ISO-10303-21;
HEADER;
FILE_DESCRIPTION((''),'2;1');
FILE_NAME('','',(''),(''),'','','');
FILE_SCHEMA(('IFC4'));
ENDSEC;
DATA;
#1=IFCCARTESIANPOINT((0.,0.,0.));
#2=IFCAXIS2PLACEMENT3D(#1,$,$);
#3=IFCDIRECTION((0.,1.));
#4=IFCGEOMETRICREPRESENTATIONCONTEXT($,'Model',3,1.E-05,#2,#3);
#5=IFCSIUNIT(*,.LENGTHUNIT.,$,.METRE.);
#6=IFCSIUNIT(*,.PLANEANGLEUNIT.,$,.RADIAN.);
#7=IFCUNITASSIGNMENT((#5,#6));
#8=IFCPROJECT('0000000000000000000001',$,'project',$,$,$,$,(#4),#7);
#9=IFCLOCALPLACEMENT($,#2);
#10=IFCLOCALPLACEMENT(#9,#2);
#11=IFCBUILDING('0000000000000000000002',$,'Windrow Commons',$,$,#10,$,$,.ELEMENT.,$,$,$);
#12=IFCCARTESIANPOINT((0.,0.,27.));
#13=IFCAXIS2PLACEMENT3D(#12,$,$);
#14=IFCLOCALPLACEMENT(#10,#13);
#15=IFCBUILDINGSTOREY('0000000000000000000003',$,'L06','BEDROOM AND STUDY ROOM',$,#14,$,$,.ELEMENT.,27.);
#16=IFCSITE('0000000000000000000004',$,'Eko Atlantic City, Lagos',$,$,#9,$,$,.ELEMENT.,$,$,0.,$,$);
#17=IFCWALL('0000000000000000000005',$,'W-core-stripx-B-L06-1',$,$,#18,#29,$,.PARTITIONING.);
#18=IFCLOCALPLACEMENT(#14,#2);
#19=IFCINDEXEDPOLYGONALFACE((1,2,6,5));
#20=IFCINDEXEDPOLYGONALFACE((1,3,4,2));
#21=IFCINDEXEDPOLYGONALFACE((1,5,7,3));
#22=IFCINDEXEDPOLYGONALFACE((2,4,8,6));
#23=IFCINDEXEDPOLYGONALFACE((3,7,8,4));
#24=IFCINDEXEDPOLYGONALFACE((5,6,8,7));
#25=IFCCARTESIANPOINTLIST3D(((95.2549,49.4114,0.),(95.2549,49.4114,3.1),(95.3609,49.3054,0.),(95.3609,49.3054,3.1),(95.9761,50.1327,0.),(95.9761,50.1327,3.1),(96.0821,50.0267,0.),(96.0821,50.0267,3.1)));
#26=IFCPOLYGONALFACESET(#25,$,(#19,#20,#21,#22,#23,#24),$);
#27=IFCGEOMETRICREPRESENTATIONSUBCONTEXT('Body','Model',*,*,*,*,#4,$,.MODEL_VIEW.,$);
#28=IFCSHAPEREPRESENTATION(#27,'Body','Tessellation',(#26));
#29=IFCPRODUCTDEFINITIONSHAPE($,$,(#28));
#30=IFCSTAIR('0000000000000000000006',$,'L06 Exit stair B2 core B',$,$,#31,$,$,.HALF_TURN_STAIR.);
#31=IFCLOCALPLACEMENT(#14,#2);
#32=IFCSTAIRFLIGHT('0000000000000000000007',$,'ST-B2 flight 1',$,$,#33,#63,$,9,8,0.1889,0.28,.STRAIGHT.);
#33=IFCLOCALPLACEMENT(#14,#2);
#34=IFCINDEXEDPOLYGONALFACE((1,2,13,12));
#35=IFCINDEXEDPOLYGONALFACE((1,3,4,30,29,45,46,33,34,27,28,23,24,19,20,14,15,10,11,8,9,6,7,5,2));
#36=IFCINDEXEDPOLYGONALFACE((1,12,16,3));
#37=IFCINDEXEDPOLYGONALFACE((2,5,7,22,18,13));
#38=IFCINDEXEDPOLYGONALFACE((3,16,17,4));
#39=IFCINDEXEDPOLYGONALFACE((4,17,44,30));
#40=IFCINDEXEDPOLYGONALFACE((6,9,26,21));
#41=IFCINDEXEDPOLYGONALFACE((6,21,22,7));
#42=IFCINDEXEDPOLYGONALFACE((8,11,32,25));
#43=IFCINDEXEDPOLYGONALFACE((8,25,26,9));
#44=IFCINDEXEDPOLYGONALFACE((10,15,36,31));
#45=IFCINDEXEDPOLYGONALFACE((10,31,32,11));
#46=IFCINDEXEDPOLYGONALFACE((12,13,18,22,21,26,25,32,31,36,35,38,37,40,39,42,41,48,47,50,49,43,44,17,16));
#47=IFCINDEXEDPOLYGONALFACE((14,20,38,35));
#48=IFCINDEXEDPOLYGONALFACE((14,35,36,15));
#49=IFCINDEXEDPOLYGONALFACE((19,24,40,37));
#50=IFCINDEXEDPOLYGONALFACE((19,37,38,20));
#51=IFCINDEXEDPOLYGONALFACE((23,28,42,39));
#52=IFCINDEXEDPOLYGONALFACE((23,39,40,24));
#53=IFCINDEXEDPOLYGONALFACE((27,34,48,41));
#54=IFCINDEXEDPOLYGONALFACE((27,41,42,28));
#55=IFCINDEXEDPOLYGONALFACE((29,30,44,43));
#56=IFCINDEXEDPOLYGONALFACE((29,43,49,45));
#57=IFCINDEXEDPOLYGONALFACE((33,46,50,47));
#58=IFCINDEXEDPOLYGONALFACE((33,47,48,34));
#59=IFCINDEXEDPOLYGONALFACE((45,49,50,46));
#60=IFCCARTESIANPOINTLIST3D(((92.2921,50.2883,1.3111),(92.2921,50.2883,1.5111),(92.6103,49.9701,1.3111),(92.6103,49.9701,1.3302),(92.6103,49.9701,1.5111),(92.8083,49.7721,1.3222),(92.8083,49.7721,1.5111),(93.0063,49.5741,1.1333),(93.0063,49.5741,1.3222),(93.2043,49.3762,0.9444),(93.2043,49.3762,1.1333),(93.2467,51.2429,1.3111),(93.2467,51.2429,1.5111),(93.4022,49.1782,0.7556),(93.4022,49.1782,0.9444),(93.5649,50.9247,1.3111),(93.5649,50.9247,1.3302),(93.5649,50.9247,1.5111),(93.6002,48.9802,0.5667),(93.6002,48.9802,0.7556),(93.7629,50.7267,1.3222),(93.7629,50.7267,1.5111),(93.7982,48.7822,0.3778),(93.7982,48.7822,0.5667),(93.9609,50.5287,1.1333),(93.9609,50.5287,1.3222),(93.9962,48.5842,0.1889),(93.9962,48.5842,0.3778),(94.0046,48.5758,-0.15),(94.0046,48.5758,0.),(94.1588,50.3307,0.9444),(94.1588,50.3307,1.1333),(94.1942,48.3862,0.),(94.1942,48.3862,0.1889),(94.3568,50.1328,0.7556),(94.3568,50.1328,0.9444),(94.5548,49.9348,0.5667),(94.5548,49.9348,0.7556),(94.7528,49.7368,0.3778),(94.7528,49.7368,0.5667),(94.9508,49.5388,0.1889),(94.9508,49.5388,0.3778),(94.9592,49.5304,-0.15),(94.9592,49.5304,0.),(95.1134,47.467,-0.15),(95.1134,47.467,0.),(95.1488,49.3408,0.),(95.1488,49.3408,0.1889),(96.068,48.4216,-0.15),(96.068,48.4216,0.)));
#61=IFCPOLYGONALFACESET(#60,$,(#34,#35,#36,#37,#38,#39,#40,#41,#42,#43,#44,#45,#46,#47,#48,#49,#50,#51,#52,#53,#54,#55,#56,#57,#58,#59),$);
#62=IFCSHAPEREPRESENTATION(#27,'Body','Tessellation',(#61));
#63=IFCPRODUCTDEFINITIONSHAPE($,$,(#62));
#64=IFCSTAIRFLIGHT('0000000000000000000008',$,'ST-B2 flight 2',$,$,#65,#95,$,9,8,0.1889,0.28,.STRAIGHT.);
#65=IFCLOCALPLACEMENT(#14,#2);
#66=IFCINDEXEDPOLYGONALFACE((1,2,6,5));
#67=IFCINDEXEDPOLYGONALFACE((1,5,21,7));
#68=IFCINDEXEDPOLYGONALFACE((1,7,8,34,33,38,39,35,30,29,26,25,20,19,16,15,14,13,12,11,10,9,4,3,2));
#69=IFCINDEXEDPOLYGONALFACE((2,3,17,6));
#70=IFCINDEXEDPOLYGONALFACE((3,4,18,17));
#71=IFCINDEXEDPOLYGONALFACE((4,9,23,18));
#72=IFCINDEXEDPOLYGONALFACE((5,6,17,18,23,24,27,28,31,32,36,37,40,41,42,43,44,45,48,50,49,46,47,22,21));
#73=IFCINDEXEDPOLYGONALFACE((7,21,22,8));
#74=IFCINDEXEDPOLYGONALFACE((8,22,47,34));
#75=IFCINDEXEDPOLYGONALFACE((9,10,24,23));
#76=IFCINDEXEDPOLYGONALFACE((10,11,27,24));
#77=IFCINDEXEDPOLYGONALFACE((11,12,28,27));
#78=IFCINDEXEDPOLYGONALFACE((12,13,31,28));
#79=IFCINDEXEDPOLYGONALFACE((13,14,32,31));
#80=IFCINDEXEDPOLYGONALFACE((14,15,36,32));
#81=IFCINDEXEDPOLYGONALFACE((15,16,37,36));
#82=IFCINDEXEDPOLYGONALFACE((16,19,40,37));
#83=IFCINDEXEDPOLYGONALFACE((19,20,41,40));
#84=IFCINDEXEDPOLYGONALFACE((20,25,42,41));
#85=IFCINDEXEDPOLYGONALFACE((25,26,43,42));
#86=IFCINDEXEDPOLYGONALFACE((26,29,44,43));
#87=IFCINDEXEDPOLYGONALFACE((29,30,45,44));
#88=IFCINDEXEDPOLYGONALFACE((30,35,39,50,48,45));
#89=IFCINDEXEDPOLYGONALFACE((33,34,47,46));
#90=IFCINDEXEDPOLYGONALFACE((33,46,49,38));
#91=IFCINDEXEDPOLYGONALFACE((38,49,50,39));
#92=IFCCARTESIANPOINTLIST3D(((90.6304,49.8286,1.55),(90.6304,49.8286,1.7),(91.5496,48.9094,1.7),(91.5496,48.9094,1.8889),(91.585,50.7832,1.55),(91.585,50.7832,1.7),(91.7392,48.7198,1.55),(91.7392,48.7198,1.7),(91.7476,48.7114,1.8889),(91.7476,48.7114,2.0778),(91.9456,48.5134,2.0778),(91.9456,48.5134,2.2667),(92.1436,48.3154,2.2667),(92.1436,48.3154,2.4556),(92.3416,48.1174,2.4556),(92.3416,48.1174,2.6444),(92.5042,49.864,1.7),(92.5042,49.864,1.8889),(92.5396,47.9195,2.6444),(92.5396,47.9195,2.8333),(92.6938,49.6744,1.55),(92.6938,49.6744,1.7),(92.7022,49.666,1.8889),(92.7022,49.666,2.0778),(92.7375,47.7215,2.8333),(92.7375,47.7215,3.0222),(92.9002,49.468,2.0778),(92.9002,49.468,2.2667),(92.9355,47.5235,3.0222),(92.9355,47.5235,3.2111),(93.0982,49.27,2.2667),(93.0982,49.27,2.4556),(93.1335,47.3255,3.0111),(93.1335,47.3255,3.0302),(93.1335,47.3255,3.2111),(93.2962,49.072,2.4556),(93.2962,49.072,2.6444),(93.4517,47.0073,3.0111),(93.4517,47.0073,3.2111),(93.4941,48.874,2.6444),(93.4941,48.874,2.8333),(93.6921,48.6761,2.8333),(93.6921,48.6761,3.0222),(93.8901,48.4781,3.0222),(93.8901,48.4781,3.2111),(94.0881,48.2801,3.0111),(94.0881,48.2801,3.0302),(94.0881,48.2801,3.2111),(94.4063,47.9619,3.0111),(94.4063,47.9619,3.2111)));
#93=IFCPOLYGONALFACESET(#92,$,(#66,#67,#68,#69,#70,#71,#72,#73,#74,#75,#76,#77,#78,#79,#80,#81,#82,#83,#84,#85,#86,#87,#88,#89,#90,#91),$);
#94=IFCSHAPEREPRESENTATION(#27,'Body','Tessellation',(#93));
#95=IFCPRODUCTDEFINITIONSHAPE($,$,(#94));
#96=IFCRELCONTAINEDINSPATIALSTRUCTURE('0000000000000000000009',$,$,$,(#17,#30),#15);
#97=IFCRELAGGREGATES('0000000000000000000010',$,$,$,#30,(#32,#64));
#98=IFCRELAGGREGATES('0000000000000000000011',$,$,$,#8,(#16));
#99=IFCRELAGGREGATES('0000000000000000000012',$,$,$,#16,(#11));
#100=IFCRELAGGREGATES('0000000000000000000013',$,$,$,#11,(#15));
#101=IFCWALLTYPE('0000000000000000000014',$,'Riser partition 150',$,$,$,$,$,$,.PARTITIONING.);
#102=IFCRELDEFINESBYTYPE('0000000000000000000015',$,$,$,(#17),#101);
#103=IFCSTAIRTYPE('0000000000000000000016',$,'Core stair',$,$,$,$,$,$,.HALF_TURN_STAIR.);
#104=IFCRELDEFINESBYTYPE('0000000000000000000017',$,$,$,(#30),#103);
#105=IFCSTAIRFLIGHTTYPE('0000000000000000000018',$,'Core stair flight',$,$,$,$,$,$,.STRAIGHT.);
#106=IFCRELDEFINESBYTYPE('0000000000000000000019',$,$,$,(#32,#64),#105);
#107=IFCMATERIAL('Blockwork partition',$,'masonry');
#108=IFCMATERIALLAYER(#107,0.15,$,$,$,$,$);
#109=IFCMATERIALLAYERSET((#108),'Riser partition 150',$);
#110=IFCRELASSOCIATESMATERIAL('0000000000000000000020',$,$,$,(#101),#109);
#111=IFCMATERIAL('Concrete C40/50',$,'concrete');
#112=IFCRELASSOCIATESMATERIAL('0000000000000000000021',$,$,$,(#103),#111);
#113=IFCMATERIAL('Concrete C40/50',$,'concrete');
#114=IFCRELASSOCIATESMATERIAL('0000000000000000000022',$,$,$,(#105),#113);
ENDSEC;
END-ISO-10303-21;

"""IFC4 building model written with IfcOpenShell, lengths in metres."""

from ifc_helpers import new_model, si_unit, direction, frame, frame_2d, origin, place, context, subcontext, project, spatial, polyline, rectangle, outline, extrude, material, layer, layer_set, type_object, element, aggregate, save


model = new_model("IFC4")

# Units and contexts
model_context = context("Model", 3, precision=1e-05, world=origin(), true_north=direction((0.0, 1.0)))
body_context = subcontext(model_context, "Body", "Model", "MODEL_VIEW")
ifc_project = project(units=[si_unit("LENGTHUNIT", "METRE"), si_unit("PLANEANGLEUNIT", "RADIAN")], contexts=[model_context])

# Site, building, storey
site_placement = place(None, origin())
site = spatial("IfcSite", under=ifc_project, at=site_placement, Name="Eko Atlantic City, Lagos", CompositionType="ELEMENT", RefElevation=0.0)
building_placement = place(site_placement, origin())
building = spatial("IfcBuilding", under=site, at=building_placement, Name="Windrow Commons", CompositionType="ELEMENT")
storey_placement = place(building_placement, frame((0.0, 0.0, 27.0)))
storey = spatial("IfcBuildingStorey", under=building, at=storey_placement, Name="L06", Description="BEDROOM AND STUDY ROOM", CompositionType="ELEMENT", Elevation=27.0)

# Wall
ifc_material_1 = material(Name="Blockwork partition", Category="masonry")
ifc_layer_1 = layer(ifc_material_1, 0.15)
ifc_layer_set_1 = layer_set([ifc_layer_1], Name="Riser partition 150")
wall_type_1 = type_object("IfcWallType", Name="Riser partition 150", PredefinedType="PARTITIONING", material=ifc_layer_set_1)
wall_1_placement = place(storey_placement, frame((95.3079, 49.3584, 0.0), z_axis=(0.0, 0.0, 1.0), x_axis=(0.707058, 0.707156, 0.0)))
element("IfcWall", 1, at=wall_1_placement, inside=storey, type_object=wall_type_1, Name="W-core-stripx-B-L06-1", PredefinedType="PARTITIONING", context=body_context, shape_type="SweptSolid", body=[
    extrude(rectangle(XDim=1.02, YDim=0.15, at=frame_2d((0.51, 0.0))), origin(), (0.0, 0.0, 1.0), 3.1),
])

# Stair, stair flights
ifc_material_2 = material(Name="Concrete C40/50", Category="concrete")
stair_type = type_object("IfcStairType", Name="Core stair", PredefinedType="HALF_TURN_STAIR", material=ifc_material_2)
stair_placement = place(storey_placement, origin())
stair = element("IfcStair", 2, at=stair_placement, inside=storey, type_object=stair_type, Name="L06 Exit stair B2 core B", PredefinedType="HALF_TURN_STAIR")
ifc_material_3 = material(Name="Concrete C40/50", Category="concrete")
stair_flight_type = type_object("IfcStairFlightType", Name="Core stair flight", PredefinedType="STRAIGHT", material=ifc_material_3)
stair_flight_1_placement = place(storey_placement, frame((94.6715, 48.8635, 0.0), z_axis=(0.0, 0.0, 1.0), x_axis=(-0.707107, 0.707107, 0.0)))
stair_flight_1 = element("IfcStairFlight", 3, at=stair_flight_1_placement, type_object=stair_flight_type, Name="ST-B2 flight 1", NumberOfRisers=9, NumberOfTreads=8, PredefinedType="STRAIGHT", RiserHeight=0.1889, TreadLength=0.28, context=body_context, shape_type="SweptSolid", body=[
    extrude(outline(polyline([(-1.3, -0.15), (-1.3, 0.0), (0.0, 0.0), (0.0, 0.1889), (0.28, 0.1889), (0.28, 0.3778), (0.56, 0.3778), (0.56, 0.5667), (0.84, 0.5667), (0.84, 0.7556), (1.12, 0.7556), (1.12, 0.9444), (1.4, 0.9444), (1.4, 1.1333), (1.68, 1.1333), (1.68, 1.3222), (1.96, 1.3222), (1.96, 1.5111), (2.24, 1.5111), (2.69, 1.5111), (2.69, 1.3111), (2.24, 1.3111), (2.24, 1.3302), (0.2682, 0.0), (0.2682, -0.15), (-1.3, -0.15)])), frame((0.0, 0.675, 0.0), z_axis=(0.0, -1.0, 0.0), x_axis=(1.0, 0.0, 0.0)), (0.0, 0.0, 1.0), 1.35),
])
stair_flight_2_placement = place(storey_placement, frame((92.0269, 49.3867, 1.7), z_axis=(0.0, 0.0, 1.0), x_axis=(0.707107, -0.707107, 0.0)))
stair_flight_2 = element("IfcStairFlight", 4, at=stair_flight_2_placement, type_object=stair_flight_type, Name="ST-B2 flight 2", NumberOfRisers=9, NumberOfTreads=8, PredefinedType="STRAIGHT", RiserHeight=0.1889, TreadLength=0.28, context=body_context, shape_type="SweptSolid", body=[
    extrude(outline(polyline([(-1.3, -0.15), (-1.3, 0.0), (0.0, 0.0), (0.0, 0.1889), (0.28, 0.1889), (0.28, 0.3778), (0.56, 0.3778), (0.56, 0.5667), (0.84, 0.5667), (0.84, 0.7556), (1.12, 0.7556), (1.12, 0.9444), (1.4, 0.9444), (1.4, 1.1333), (1.68, 1.1333), (1.68, 1.3222), (1.96, 1.3222), (1.96, 1.5111), (2.24, 1.5111), (2.69, 1.5111), (2.69, 1.3111), (2.24, 1.3111), (2.24, 1.3302), (0.2682, 0.0), (0.2682, -0.15), (-1.3, -0.15)])), frame((0.0, 0.675, 0.0), z_axis=(0.0, -1.0, 0.0), x_axis=(1.0, 0.0, 0.0)), (0.0, 0.0, 1.0), 1.35),
])
aggregate(stair, [stair_flight_1, stair_flight_2])

save(model, "model.ifc")
